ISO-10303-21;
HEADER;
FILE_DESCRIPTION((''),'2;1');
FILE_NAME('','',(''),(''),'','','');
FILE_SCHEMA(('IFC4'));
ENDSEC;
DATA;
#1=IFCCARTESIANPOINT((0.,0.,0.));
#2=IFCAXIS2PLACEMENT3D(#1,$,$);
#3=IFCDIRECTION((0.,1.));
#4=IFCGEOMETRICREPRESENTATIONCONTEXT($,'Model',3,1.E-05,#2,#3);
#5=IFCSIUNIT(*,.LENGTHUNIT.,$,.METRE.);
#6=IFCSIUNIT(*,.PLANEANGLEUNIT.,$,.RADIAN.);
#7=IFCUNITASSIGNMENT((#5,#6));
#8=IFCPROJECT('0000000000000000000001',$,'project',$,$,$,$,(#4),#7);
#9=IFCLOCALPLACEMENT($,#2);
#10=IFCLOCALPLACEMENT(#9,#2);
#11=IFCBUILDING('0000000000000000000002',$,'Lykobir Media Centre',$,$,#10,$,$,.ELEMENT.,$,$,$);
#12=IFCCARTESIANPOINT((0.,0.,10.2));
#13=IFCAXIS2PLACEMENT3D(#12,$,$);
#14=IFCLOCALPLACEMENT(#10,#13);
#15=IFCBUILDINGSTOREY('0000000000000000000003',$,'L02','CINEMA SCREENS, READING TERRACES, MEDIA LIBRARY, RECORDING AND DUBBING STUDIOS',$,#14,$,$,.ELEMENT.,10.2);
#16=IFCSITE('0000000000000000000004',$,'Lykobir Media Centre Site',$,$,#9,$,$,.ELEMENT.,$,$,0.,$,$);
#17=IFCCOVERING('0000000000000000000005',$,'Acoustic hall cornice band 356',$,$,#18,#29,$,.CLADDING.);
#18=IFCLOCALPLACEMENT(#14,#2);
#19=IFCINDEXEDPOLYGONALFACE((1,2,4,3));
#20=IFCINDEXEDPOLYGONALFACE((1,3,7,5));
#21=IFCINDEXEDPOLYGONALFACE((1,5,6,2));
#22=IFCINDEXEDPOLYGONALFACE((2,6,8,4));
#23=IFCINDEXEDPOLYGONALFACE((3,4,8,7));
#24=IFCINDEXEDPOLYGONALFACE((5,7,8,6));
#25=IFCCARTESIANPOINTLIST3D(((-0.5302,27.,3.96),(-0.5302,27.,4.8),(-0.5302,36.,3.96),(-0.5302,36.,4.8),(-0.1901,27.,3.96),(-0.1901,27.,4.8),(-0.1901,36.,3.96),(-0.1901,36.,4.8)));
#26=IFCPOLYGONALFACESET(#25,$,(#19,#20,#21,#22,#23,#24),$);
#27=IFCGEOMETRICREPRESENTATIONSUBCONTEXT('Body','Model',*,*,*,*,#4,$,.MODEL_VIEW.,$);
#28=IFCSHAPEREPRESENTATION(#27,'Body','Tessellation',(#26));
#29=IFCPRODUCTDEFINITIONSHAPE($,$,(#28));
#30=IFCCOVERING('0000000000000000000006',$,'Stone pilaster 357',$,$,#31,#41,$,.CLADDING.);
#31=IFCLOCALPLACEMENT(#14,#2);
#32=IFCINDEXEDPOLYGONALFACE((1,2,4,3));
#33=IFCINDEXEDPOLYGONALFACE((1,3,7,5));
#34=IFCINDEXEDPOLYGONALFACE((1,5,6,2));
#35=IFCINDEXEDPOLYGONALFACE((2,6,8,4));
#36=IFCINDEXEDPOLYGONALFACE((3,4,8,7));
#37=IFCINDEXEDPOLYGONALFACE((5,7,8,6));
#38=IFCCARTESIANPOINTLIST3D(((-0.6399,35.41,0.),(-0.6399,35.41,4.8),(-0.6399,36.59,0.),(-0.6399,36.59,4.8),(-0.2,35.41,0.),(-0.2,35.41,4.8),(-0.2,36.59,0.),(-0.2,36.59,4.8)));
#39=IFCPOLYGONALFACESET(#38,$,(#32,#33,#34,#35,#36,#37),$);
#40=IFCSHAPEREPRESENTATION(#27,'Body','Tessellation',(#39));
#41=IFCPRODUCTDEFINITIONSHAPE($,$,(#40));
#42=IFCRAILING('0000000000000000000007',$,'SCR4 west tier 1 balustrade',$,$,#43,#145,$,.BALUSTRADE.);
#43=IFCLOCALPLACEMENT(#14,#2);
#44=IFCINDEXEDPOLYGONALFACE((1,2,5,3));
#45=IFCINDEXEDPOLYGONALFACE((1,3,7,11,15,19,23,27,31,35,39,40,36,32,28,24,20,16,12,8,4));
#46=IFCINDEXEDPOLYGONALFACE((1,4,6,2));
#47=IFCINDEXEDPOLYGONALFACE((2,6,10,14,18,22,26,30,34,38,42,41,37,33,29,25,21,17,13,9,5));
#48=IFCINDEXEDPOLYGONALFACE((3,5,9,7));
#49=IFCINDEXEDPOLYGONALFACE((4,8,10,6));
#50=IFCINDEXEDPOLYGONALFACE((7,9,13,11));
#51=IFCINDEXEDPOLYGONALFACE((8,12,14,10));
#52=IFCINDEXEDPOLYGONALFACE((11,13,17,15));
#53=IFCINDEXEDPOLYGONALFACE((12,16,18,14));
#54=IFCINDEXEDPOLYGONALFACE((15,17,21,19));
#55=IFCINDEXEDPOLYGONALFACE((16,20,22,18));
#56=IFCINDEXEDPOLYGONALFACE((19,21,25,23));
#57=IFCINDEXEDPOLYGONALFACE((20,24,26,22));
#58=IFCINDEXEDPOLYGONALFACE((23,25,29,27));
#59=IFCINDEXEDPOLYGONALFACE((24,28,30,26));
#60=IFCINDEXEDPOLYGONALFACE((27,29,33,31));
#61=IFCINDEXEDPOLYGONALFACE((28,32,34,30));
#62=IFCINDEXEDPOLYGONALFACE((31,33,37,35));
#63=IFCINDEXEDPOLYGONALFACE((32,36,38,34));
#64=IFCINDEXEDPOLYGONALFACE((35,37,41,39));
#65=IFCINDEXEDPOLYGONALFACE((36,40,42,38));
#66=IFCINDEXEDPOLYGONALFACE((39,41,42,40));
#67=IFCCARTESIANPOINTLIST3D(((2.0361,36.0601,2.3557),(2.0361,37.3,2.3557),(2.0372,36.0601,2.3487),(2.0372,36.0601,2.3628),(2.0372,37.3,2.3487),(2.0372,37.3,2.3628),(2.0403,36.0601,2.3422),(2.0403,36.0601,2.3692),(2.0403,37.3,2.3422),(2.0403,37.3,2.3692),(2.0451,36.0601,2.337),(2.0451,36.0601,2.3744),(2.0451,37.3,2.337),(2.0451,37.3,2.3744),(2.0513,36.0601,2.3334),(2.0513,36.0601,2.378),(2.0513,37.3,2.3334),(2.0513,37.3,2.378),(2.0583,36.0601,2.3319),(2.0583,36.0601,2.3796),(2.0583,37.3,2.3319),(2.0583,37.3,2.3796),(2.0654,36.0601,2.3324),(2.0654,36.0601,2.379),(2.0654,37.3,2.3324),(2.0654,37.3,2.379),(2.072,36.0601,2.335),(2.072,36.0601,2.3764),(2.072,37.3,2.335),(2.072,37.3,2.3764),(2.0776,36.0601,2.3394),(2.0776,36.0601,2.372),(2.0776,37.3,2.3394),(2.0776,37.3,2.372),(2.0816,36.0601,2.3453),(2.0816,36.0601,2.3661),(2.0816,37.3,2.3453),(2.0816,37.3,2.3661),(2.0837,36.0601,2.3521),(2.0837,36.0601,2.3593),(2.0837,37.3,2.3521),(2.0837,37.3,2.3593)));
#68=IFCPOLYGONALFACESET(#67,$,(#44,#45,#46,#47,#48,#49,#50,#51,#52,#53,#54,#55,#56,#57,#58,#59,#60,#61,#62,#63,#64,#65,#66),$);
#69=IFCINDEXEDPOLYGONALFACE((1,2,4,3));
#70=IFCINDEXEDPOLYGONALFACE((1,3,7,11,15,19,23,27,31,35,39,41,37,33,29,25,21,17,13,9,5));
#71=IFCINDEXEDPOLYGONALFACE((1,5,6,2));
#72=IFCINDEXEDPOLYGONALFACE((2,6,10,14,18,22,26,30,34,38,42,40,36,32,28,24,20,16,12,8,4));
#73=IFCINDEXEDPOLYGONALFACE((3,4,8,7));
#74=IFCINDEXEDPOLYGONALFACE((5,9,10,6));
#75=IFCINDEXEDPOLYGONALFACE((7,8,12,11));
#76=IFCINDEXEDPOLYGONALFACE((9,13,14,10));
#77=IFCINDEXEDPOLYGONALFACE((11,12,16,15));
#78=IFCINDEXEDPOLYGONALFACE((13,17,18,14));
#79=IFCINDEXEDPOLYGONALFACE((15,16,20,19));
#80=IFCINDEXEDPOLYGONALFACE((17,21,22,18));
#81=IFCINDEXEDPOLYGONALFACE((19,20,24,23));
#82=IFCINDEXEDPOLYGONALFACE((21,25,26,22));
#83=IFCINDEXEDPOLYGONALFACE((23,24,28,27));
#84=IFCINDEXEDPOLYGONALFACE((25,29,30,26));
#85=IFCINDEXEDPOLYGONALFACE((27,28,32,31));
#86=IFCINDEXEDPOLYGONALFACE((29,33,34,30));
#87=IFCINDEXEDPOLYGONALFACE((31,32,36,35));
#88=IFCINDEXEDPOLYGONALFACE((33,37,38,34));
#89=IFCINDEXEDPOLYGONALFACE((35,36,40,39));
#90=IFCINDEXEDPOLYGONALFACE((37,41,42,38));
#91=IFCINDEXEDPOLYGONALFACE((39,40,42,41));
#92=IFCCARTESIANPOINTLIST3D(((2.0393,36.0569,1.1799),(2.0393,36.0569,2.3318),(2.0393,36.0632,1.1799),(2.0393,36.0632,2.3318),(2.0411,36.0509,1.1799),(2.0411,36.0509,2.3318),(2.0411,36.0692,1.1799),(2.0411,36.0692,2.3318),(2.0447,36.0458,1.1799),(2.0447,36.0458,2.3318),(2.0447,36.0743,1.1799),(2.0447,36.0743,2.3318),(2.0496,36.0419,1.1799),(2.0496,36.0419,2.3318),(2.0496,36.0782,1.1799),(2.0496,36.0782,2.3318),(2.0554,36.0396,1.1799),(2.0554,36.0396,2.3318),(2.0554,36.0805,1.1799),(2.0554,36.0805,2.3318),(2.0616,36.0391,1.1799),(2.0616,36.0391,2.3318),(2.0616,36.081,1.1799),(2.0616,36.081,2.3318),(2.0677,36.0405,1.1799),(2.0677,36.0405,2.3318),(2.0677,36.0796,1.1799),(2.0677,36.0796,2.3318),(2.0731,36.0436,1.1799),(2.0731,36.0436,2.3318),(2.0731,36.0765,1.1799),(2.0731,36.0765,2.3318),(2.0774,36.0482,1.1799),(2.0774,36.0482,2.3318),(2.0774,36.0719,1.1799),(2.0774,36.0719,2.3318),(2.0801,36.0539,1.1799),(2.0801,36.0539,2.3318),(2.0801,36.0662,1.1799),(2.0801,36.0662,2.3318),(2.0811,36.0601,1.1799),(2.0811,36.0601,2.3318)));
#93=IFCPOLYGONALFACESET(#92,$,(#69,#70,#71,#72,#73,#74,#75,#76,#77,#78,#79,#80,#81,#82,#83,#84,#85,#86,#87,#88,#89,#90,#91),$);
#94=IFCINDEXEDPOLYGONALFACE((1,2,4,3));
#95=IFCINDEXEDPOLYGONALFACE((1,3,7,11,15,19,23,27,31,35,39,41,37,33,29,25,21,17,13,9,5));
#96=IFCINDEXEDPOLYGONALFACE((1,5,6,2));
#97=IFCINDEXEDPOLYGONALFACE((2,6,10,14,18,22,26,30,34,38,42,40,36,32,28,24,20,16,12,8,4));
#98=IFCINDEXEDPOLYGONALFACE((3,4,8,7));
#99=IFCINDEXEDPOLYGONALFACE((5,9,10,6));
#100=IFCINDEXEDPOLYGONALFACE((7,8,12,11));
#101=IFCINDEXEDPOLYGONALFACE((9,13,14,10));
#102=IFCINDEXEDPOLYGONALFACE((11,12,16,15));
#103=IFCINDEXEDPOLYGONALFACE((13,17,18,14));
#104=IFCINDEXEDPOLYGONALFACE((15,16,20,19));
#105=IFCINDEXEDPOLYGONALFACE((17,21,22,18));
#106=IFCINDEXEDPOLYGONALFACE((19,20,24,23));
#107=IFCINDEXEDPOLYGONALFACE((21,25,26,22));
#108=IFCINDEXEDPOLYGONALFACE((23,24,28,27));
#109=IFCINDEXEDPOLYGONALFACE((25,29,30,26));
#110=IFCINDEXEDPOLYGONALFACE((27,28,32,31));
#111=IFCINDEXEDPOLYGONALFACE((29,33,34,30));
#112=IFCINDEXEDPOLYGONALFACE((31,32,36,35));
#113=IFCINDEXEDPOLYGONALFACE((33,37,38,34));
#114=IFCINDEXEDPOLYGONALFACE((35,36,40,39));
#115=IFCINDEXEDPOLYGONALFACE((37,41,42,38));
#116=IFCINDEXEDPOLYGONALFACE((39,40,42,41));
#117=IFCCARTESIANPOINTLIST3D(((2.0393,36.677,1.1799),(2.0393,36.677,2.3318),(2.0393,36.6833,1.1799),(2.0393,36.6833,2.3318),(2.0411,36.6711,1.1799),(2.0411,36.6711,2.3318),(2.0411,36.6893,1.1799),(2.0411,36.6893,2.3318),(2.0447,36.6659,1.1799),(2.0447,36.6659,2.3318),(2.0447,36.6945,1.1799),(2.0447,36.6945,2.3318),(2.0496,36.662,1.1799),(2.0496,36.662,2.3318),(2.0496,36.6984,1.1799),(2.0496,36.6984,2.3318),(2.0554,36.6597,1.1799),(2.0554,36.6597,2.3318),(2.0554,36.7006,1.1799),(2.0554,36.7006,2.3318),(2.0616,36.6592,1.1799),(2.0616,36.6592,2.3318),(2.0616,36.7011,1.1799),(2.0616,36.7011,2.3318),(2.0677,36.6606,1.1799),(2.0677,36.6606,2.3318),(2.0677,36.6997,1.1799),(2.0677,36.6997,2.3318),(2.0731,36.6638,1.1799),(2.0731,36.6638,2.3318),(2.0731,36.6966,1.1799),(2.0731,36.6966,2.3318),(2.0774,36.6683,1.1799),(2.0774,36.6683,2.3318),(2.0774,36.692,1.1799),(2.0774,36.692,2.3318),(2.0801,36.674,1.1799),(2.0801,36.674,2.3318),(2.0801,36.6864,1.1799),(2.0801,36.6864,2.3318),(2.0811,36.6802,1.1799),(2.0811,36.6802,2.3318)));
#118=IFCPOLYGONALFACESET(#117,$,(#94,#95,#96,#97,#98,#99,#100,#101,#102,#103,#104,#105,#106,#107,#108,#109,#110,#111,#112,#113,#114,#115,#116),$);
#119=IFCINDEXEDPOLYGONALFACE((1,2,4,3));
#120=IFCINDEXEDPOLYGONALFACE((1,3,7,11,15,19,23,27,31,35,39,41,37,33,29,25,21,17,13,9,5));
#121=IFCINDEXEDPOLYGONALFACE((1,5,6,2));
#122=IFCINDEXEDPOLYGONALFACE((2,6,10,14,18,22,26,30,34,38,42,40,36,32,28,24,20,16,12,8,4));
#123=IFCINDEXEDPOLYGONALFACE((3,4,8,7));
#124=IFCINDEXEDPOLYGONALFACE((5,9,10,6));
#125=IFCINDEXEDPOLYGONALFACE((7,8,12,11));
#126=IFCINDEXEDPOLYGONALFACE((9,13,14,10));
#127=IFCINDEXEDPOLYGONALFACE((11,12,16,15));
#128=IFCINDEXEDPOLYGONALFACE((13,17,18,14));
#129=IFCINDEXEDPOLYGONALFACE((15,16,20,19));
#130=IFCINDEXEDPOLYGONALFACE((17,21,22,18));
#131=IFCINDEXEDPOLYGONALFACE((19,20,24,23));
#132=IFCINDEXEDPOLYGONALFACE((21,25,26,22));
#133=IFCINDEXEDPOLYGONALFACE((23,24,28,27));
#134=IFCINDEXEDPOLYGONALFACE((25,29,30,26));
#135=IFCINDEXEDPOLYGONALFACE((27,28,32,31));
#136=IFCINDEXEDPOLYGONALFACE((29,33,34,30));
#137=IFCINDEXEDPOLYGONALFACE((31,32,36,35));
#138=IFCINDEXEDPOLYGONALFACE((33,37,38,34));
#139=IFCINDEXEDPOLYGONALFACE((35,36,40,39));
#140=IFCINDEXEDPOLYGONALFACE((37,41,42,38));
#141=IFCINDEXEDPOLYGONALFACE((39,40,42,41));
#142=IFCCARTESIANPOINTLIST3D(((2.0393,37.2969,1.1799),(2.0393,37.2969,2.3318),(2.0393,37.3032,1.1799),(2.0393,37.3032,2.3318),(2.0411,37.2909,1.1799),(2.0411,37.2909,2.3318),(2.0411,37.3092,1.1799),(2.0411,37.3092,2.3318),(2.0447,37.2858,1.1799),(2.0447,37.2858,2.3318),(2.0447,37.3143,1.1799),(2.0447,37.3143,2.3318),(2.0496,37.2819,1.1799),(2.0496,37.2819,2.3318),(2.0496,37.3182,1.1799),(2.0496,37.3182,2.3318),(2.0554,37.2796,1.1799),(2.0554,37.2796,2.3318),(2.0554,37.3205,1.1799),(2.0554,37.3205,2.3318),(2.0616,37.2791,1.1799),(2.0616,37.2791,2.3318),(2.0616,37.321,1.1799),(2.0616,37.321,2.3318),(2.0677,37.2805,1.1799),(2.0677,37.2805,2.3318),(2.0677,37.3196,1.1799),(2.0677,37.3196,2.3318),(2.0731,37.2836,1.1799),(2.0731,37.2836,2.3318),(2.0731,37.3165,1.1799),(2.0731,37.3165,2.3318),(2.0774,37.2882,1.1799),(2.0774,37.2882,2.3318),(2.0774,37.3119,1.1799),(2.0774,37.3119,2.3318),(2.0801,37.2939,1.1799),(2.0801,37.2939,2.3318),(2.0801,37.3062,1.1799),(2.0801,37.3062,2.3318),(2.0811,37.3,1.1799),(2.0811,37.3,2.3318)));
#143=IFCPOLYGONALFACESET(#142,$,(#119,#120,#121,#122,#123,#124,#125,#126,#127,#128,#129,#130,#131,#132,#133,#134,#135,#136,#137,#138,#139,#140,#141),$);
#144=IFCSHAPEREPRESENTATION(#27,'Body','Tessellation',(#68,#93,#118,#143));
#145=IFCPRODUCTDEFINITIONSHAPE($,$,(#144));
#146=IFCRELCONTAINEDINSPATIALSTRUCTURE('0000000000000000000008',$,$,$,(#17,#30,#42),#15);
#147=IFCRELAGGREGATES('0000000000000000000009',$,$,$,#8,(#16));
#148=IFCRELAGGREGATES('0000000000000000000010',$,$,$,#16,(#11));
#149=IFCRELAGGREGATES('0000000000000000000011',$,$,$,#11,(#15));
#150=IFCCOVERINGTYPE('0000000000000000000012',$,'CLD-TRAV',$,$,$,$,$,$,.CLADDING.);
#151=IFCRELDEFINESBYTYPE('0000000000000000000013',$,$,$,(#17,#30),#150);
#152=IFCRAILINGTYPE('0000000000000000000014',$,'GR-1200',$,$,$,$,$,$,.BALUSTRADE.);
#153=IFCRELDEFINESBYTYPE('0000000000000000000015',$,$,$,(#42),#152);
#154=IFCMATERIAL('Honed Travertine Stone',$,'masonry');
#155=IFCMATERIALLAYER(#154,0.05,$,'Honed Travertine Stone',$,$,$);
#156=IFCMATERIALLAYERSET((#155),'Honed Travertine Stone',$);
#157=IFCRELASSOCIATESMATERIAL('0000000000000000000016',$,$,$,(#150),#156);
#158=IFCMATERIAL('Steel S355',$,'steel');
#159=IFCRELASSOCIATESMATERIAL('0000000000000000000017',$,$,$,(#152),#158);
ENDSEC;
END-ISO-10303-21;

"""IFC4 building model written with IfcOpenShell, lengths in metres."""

from ifc_helpers import new_model, si_unit, direction, frame, origin, origin_2d, place, context, subcontext, project, spatial, rectangle, circle, extrude, material, layer, layer_set, type_object, element, save


model = new_model("IFC4")

# Units and contexts
model_context = context("Model", 3, precision=1e-05, world=origin(), true_north=direction((0.0, 1.0)))
body_context = subcontext(model_context, "Body", "Model", "MODEL_VIEW")
ifc_project = project(units=[si_unit("LENGTHUNIT", "METRE"), si_unit("PLANEANGLEUNIT", "RADIAN")], contexts=[model_context])

# Site, building, storey
site_placement = place(None, origin())
site = spatial("IfcSite", under=ifc_project, at=site_placement, Name="Lykobir Media Centre Site", CompositionType="ELEMENT", RefElevation=0.0)
building_placement = place(site_placement, origin())
building = spatial("IfcBuilding", under=site, at=building_placement, Name="Lykobir Media Centre", CompositionType="ELEMENT")
storey_placement = place(building_placement, frame((0.0, 0.0, 10.2)))
storey = spatial("IfcBuildingStorey", under=building, at=storey_placement, Name="L02", Description="CINEMA SCREENS, READING TERRACES, MEDIA LIBRARY, RECORDING AND DUBBING STUDIOS", CompositionType="ELEMENT", Elevation=10.2)

# Shared definitions
ifc_material_1 = material(Name="Steel S355", Category="steel")

# Coverings
ifc_material_2 = material(Name="Honed Travertine Stone", Category="masonry")
ifc_layer_1 = layer(ifc_material_2, 0.05, Name="Honed Travertine Stone")
ifc_layer_set_1 = layer_set([ifc_layer_1], Name="Honed Travertine Stone")
covering_type = type_object("IfcCoveringType", Name="CLD-TRAV", PredefinedType="CLADDING", material=ifc_layer_set_1)
covering_1_placement = place(storey_placement, frame((-0.3601, 31.5, 3.96), z_axis=(0.0, 0.0, 1.0), x_axis=(0.0, -1.0, 0.0)))
element("IfcCovering", 1, at=covering_1_placement, inside=storey, type_object=covering_type, Name="Acoustic hall cornice band 356", PredefinedType="CLADDING", context=body_context, shape_type="SweptSolid", body=[
    extrude(rectangle(XDim=9.0, YDim=0.3401, at=origin_2d()), origin(), (0.0, 0.0, 1.0), 0.8401),
])
covering_2_placement = place(storey_placement, frame((-0.4199, 36.0, 0.0), z_axis=(0.0, 0.0, 1.0), x_axis=(0.0, -1.0, 0.0)))
element("IfcCovering", 2, at=covering_2_placement, inside=storey, type_object=covering_type, Name="Stone pilaster 357", PredefinedType="CLADDING", context=body_context, shape_type="SweptSolid", body=[
    extrude(rectangle(XDim=1.1799, YDim=0.4399, at=origin_2d()), origin(), (0.0, 0.0, 1.0), 4.8),
])

# Railing
railing_type = type_object("IfcRailingType", Name="GR-1200", PredefinedType="BALUSTRADE", material=ifc_material_1)
for number, where, name in (
    (3, (2.0601, 36.0601, 1.1799), "SCR4 west tier 1 balustrade"),
):
    element("IfcRailing", number, at=place(storey_placement, frame(where)), inside=storey, type_object=railing_type, Name=name, PredefinedType="BALUSTRADE", context=body_context, shape_type="SweptSolid", body=[
        extrude(circle(Radius=0.0239, at=origin_2d()), frame((0.0, 0.0, 1.1758), z_axis=(0.0, 1.0, 0.0), x_axis=(-1.0, 0.0, 0.0)), (0.0, 0.0, 1.0), 1.24),
        extrude(circle(Radius=0.021, at=origin_2d()), origin(), (0.0, 0.0, 1.0), 1.1519),
        extrude(circle(Radius=0.021, at=origin_2d()), frame((0.0, 0.6201, 0.0)), (0.0, 0.0, 1.0), 1.1519),
        extrude(circle(Radius=0.021, at=origin_2d()), frame((0.0, 1.24, 0.0)), (0.0, 0.0, 1.0), 1.1519),
    ])

save(model, "model.ifc")
